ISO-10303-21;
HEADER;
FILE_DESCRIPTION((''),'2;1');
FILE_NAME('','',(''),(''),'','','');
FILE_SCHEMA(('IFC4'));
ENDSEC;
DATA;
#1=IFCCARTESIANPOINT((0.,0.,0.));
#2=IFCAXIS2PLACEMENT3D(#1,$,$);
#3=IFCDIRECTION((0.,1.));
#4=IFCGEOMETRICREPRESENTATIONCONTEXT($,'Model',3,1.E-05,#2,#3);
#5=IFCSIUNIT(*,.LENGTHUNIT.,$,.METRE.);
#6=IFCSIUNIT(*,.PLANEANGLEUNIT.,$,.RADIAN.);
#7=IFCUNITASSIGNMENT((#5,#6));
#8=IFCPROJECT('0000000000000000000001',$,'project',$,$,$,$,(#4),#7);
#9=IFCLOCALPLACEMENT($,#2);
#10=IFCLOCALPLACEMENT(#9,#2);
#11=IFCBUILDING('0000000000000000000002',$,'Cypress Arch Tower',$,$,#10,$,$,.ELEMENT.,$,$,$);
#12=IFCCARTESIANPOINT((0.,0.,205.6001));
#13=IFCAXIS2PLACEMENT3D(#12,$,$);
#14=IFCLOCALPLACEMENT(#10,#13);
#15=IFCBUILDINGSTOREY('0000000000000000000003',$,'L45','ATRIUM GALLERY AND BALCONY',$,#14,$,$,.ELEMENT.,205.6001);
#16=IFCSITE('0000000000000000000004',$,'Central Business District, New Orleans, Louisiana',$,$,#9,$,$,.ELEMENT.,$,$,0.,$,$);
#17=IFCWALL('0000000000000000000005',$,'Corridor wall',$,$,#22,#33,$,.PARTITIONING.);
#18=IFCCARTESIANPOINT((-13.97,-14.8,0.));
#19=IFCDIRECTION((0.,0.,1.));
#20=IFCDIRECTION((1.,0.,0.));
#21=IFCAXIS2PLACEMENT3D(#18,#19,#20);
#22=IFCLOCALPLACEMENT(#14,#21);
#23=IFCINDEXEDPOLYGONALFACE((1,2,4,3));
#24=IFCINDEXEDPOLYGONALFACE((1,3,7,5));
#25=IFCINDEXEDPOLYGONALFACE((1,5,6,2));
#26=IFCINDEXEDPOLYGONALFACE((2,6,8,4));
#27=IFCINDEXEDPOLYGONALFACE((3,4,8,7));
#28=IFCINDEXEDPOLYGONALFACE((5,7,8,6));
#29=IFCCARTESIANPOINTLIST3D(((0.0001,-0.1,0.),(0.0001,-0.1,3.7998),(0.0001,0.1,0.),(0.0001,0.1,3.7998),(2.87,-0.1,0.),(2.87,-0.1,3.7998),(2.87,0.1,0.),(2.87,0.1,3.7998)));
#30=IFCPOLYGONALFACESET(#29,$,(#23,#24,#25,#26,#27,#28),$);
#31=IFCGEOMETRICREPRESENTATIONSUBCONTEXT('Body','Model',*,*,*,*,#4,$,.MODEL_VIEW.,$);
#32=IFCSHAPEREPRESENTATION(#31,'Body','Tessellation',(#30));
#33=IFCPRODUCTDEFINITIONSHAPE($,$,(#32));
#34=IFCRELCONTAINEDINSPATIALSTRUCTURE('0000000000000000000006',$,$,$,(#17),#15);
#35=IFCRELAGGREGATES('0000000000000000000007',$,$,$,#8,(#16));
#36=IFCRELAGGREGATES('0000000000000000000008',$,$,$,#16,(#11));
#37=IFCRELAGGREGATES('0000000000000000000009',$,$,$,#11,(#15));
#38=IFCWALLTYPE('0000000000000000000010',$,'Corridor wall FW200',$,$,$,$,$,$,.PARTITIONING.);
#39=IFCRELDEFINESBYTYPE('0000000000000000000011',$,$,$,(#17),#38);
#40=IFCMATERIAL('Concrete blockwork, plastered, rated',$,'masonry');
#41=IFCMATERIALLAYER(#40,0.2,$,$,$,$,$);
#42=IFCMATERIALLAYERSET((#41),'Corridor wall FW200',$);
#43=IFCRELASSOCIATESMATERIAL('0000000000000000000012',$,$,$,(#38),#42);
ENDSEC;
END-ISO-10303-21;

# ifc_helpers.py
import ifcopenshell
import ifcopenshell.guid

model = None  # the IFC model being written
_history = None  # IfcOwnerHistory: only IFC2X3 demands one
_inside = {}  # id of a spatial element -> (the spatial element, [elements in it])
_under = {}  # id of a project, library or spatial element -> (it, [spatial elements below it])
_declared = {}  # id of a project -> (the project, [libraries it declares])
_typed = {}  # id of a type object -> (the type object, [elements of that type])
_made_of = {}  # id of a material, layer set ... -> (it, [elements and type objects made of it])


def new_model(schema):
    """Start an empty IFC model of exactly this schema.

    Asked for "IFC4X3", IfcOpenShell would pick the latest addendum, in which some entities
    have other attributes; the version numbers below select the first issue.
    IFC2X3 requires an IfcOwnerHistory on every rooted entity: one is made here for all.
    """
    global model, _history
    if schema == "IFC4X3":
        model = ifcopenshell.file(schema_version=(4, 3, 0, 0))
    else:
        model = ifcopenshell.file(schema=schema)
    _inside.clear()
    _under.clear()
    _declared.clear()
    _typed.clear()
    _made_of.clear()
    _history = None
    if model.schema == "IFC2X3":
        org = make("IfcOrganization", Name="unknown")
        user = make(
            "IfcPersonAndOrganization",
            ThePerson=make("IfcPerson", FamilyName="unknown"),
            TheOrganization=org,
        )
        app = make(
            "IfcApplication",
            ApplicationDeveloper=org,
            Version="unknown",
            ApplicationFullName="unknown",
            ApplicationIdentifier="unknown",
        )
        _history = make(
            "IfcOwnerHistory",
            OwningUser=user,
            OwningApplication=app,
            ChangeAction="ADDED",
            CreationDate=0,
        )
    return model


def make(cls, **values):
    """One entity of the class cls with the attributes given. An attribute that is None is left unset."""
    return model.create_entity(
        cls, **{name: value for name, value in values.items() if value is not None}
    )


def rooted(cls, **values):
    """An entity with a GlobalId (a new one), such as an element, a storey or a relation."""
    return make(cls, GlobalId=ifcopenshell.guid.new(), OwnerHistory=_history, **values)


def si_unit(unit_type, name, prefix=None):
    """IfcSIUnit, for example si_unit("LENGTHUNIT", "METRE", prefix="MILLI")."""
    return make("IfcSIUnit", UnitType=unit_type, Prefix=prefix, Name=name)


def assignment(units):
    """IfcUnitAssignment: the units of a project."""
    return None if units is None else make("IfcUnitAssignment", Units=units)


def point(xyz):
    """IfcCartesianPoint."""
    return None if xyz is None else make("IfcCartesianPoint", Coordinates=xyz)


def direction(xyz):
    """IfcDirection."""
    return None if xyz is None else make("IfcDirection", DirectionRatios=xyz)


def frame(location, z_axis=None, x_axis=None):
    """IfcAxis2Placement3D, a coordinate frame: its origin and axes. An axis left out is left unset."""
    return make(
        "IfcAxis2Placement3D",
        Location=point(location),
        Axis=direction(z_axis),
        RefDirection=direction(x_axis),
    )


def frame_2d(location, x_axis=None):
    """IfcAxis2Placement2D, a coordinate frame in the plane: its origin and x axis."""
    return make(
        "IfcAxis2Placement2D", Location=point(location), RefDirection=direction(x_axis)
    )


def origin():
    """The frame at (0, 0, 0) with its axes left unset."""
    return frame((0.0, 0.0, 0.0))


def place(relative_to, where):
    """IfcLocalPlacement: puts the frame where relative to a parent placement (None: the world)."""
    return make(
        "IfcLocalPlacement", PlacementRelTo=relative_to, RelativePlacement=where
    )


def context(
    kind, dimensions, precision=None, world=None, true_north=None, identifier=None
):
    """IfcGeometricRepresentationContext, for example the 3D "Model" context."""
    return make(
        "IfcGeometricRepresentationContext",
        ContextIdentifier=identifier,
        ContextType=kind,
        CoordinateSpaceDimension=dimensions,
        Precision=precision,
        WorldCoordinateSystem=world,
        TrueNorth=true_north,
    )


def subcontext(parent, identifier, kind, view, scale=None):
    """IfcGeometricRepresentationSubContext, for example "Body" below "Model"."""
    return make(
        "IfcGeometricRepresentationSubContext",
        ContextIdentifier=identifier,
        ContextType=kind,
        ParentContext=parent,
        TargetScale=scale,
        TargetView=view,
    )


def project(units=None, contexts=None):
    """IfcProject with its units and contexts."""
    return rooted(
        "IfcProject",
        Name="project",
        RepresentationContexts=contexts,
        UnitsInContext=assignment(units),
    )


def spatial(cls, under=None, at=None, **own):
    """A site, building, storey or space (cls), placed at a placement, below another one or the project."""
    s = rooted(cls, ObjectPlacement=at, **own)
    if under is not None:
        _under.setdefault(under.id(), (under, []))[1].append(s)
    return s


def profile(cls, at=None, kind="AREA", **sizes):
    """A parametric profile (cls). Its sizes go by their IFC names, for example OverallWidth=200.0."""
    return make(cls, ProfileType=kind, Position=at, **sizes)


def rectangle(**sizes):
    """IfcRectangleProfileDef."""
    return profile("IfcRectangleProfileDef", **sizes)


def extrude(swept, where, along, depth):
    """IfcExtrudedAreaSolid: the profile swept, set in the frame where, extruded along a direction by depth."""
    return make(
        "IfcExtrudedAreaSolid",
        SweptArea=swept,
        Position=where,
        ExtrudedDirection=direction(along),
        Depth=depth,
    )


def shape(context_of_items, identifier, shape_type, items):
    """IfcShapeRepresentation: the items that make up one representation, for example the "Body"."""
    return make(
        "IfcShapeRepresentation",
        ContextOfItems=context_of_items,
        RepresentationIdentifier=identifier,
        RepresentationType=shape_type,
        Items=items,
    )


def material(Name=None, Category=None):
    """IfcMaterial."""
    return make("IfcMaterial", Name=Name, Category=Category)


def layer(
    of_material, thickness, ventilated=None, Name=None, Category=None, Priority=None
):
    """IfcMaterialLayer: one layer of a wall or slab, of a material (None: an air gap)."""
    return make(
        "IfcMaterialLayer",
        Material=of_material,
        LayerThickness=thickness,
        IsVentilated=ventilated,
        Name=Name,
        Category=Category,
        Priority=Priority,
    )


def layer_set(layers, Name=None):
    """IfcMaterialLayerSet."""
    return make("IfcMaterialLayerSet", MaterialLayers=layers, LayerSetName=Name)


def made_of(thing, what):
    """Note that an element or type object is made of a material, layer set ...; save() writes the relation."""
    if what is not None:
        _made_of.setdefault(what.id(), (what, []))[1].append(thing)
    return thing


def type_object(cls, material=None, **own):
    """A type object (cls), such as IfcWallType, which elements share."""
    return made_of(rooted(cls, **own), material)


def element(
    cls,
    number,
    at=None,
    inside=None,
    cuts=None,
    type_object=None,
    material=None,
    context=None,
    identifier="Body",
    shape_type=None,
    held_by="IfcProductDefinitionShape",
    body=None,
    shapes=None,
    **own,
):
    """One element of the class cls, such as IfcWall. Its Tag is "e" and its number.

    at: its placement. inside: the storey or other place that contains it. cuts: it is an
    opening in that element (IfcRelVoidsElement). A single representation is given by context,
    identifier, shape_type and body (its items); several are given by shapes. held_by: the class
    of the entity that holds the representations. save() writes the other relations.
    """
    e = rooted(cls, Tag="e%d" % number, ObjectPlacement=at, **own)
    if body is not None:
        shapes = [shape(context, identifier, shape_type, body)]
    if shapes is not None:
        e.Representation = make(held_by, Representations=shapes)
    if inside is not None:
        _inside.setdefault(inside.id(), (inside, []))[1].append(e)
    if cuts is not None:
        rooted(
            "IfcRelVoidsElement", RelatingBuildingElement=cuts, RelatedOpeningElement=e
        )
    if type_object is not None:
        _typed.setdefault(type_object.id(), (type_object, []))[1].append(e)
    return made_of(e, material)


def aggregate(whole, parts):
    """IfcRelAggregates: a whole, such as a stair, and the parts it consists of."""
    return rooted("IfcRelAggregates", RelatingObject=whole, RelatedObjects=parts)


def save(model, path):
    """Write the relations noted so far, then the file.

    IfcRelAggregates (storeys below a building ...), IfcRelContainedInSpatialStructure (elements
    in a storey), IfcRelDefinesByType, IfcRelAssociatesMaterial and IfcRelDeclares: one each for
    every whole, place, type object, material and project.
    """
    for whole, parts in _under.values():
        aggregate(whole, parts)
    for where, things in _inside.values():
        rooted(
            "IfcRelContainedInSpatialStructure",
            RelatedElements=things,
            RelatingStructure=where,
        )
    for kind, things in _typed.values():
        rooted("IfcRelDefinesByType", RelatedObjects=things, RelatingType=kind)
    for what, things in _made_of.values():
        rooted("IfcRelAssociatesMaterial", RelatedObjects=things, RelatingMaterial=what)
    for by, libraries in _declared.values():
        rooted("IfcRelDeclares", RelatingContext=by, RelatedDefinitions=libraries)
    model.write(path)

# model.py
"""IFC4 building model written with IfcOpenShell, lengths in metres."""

from ifc_helpers import new_model, si_unit, direction, frame, frame_2d, origin, place, context, subcontext, project, spatial, rectangle, extrude, material, layer, layer_set, type_object, element, save


model = new_model("IFC4")

# Units and contexts
model_context = context("Model", 3, precision=1e-05, world=origin(), true_north=direction((0.0, 1.0)))
body_context = subcontext(model_context, "Body", "Model", "MODEL_VIEW")
ifc_project = project(units=[si_unit("LENGTHUNIT", "METRE"), si_unit("PLANEANGLEUNIT", "RADIAN")], contexts=[model_context])

# Site, building, storey
site_placement = place(None, origin())
site = spatial("IfcSite", under=ifc_project, at=site_placement, Name="Central Business District, New Orleans, Louisiana", CompositionType="ELEMENT", RefElevation=0.0)
building_placement = place(site_placement, origin())
building = spatial("IfcBuilding", under=site, at=building_placement, Name="Cypress Arch Tower", CompositionType="ELEMENT")
storey_placement = place(building_placement, frame((0.0, 0.0, 205.6001)))
storey = spatial("IfcBuildingStorey", under=building, at=storey_placement, Name="L45", Description="ATRIUM GALLERY AND BALCONY", CompositionType="ELEMENT", Elevation=205.6001)

# Wall
ifc_material_1 = material(Name="Concrete blockwork, plastered, rated", Category="masonry")
ifc_layer_1 = layer(ifc_material_1, 0.2)
ifc_layer_set_1 = layer_set([ifc_layer_1], Name="Corridor wall FW200")
wall_type_1 = type_object("IfcWallType", Name="Corridor wall FW200", PredefinedType="PARTITIONING", material=ifc_layer_set_1)
wall_1_placement = place(storey_placement, frame((-13.97, -14.8, 0.0), z_axis=(0.0, 0.0, 1.0), x_axis=(1.0, 0.0, 0.0)))
element("IfcWall", 1, at=wall_1_placement, inside=storey, type_object=wall_type_1, Name="Corridor wall", PredefinedType="PARTITIONING", context=body_context, shape_type="SweptSolid", body=[
    extrude(rectangle(XDim=2.8699, YDim=0.2, at=frame_2d((1.4351, 0.0))), origin(), (0.0, 0.0, 1.0), 3.7998),
])

save(model, "model.ifc")
